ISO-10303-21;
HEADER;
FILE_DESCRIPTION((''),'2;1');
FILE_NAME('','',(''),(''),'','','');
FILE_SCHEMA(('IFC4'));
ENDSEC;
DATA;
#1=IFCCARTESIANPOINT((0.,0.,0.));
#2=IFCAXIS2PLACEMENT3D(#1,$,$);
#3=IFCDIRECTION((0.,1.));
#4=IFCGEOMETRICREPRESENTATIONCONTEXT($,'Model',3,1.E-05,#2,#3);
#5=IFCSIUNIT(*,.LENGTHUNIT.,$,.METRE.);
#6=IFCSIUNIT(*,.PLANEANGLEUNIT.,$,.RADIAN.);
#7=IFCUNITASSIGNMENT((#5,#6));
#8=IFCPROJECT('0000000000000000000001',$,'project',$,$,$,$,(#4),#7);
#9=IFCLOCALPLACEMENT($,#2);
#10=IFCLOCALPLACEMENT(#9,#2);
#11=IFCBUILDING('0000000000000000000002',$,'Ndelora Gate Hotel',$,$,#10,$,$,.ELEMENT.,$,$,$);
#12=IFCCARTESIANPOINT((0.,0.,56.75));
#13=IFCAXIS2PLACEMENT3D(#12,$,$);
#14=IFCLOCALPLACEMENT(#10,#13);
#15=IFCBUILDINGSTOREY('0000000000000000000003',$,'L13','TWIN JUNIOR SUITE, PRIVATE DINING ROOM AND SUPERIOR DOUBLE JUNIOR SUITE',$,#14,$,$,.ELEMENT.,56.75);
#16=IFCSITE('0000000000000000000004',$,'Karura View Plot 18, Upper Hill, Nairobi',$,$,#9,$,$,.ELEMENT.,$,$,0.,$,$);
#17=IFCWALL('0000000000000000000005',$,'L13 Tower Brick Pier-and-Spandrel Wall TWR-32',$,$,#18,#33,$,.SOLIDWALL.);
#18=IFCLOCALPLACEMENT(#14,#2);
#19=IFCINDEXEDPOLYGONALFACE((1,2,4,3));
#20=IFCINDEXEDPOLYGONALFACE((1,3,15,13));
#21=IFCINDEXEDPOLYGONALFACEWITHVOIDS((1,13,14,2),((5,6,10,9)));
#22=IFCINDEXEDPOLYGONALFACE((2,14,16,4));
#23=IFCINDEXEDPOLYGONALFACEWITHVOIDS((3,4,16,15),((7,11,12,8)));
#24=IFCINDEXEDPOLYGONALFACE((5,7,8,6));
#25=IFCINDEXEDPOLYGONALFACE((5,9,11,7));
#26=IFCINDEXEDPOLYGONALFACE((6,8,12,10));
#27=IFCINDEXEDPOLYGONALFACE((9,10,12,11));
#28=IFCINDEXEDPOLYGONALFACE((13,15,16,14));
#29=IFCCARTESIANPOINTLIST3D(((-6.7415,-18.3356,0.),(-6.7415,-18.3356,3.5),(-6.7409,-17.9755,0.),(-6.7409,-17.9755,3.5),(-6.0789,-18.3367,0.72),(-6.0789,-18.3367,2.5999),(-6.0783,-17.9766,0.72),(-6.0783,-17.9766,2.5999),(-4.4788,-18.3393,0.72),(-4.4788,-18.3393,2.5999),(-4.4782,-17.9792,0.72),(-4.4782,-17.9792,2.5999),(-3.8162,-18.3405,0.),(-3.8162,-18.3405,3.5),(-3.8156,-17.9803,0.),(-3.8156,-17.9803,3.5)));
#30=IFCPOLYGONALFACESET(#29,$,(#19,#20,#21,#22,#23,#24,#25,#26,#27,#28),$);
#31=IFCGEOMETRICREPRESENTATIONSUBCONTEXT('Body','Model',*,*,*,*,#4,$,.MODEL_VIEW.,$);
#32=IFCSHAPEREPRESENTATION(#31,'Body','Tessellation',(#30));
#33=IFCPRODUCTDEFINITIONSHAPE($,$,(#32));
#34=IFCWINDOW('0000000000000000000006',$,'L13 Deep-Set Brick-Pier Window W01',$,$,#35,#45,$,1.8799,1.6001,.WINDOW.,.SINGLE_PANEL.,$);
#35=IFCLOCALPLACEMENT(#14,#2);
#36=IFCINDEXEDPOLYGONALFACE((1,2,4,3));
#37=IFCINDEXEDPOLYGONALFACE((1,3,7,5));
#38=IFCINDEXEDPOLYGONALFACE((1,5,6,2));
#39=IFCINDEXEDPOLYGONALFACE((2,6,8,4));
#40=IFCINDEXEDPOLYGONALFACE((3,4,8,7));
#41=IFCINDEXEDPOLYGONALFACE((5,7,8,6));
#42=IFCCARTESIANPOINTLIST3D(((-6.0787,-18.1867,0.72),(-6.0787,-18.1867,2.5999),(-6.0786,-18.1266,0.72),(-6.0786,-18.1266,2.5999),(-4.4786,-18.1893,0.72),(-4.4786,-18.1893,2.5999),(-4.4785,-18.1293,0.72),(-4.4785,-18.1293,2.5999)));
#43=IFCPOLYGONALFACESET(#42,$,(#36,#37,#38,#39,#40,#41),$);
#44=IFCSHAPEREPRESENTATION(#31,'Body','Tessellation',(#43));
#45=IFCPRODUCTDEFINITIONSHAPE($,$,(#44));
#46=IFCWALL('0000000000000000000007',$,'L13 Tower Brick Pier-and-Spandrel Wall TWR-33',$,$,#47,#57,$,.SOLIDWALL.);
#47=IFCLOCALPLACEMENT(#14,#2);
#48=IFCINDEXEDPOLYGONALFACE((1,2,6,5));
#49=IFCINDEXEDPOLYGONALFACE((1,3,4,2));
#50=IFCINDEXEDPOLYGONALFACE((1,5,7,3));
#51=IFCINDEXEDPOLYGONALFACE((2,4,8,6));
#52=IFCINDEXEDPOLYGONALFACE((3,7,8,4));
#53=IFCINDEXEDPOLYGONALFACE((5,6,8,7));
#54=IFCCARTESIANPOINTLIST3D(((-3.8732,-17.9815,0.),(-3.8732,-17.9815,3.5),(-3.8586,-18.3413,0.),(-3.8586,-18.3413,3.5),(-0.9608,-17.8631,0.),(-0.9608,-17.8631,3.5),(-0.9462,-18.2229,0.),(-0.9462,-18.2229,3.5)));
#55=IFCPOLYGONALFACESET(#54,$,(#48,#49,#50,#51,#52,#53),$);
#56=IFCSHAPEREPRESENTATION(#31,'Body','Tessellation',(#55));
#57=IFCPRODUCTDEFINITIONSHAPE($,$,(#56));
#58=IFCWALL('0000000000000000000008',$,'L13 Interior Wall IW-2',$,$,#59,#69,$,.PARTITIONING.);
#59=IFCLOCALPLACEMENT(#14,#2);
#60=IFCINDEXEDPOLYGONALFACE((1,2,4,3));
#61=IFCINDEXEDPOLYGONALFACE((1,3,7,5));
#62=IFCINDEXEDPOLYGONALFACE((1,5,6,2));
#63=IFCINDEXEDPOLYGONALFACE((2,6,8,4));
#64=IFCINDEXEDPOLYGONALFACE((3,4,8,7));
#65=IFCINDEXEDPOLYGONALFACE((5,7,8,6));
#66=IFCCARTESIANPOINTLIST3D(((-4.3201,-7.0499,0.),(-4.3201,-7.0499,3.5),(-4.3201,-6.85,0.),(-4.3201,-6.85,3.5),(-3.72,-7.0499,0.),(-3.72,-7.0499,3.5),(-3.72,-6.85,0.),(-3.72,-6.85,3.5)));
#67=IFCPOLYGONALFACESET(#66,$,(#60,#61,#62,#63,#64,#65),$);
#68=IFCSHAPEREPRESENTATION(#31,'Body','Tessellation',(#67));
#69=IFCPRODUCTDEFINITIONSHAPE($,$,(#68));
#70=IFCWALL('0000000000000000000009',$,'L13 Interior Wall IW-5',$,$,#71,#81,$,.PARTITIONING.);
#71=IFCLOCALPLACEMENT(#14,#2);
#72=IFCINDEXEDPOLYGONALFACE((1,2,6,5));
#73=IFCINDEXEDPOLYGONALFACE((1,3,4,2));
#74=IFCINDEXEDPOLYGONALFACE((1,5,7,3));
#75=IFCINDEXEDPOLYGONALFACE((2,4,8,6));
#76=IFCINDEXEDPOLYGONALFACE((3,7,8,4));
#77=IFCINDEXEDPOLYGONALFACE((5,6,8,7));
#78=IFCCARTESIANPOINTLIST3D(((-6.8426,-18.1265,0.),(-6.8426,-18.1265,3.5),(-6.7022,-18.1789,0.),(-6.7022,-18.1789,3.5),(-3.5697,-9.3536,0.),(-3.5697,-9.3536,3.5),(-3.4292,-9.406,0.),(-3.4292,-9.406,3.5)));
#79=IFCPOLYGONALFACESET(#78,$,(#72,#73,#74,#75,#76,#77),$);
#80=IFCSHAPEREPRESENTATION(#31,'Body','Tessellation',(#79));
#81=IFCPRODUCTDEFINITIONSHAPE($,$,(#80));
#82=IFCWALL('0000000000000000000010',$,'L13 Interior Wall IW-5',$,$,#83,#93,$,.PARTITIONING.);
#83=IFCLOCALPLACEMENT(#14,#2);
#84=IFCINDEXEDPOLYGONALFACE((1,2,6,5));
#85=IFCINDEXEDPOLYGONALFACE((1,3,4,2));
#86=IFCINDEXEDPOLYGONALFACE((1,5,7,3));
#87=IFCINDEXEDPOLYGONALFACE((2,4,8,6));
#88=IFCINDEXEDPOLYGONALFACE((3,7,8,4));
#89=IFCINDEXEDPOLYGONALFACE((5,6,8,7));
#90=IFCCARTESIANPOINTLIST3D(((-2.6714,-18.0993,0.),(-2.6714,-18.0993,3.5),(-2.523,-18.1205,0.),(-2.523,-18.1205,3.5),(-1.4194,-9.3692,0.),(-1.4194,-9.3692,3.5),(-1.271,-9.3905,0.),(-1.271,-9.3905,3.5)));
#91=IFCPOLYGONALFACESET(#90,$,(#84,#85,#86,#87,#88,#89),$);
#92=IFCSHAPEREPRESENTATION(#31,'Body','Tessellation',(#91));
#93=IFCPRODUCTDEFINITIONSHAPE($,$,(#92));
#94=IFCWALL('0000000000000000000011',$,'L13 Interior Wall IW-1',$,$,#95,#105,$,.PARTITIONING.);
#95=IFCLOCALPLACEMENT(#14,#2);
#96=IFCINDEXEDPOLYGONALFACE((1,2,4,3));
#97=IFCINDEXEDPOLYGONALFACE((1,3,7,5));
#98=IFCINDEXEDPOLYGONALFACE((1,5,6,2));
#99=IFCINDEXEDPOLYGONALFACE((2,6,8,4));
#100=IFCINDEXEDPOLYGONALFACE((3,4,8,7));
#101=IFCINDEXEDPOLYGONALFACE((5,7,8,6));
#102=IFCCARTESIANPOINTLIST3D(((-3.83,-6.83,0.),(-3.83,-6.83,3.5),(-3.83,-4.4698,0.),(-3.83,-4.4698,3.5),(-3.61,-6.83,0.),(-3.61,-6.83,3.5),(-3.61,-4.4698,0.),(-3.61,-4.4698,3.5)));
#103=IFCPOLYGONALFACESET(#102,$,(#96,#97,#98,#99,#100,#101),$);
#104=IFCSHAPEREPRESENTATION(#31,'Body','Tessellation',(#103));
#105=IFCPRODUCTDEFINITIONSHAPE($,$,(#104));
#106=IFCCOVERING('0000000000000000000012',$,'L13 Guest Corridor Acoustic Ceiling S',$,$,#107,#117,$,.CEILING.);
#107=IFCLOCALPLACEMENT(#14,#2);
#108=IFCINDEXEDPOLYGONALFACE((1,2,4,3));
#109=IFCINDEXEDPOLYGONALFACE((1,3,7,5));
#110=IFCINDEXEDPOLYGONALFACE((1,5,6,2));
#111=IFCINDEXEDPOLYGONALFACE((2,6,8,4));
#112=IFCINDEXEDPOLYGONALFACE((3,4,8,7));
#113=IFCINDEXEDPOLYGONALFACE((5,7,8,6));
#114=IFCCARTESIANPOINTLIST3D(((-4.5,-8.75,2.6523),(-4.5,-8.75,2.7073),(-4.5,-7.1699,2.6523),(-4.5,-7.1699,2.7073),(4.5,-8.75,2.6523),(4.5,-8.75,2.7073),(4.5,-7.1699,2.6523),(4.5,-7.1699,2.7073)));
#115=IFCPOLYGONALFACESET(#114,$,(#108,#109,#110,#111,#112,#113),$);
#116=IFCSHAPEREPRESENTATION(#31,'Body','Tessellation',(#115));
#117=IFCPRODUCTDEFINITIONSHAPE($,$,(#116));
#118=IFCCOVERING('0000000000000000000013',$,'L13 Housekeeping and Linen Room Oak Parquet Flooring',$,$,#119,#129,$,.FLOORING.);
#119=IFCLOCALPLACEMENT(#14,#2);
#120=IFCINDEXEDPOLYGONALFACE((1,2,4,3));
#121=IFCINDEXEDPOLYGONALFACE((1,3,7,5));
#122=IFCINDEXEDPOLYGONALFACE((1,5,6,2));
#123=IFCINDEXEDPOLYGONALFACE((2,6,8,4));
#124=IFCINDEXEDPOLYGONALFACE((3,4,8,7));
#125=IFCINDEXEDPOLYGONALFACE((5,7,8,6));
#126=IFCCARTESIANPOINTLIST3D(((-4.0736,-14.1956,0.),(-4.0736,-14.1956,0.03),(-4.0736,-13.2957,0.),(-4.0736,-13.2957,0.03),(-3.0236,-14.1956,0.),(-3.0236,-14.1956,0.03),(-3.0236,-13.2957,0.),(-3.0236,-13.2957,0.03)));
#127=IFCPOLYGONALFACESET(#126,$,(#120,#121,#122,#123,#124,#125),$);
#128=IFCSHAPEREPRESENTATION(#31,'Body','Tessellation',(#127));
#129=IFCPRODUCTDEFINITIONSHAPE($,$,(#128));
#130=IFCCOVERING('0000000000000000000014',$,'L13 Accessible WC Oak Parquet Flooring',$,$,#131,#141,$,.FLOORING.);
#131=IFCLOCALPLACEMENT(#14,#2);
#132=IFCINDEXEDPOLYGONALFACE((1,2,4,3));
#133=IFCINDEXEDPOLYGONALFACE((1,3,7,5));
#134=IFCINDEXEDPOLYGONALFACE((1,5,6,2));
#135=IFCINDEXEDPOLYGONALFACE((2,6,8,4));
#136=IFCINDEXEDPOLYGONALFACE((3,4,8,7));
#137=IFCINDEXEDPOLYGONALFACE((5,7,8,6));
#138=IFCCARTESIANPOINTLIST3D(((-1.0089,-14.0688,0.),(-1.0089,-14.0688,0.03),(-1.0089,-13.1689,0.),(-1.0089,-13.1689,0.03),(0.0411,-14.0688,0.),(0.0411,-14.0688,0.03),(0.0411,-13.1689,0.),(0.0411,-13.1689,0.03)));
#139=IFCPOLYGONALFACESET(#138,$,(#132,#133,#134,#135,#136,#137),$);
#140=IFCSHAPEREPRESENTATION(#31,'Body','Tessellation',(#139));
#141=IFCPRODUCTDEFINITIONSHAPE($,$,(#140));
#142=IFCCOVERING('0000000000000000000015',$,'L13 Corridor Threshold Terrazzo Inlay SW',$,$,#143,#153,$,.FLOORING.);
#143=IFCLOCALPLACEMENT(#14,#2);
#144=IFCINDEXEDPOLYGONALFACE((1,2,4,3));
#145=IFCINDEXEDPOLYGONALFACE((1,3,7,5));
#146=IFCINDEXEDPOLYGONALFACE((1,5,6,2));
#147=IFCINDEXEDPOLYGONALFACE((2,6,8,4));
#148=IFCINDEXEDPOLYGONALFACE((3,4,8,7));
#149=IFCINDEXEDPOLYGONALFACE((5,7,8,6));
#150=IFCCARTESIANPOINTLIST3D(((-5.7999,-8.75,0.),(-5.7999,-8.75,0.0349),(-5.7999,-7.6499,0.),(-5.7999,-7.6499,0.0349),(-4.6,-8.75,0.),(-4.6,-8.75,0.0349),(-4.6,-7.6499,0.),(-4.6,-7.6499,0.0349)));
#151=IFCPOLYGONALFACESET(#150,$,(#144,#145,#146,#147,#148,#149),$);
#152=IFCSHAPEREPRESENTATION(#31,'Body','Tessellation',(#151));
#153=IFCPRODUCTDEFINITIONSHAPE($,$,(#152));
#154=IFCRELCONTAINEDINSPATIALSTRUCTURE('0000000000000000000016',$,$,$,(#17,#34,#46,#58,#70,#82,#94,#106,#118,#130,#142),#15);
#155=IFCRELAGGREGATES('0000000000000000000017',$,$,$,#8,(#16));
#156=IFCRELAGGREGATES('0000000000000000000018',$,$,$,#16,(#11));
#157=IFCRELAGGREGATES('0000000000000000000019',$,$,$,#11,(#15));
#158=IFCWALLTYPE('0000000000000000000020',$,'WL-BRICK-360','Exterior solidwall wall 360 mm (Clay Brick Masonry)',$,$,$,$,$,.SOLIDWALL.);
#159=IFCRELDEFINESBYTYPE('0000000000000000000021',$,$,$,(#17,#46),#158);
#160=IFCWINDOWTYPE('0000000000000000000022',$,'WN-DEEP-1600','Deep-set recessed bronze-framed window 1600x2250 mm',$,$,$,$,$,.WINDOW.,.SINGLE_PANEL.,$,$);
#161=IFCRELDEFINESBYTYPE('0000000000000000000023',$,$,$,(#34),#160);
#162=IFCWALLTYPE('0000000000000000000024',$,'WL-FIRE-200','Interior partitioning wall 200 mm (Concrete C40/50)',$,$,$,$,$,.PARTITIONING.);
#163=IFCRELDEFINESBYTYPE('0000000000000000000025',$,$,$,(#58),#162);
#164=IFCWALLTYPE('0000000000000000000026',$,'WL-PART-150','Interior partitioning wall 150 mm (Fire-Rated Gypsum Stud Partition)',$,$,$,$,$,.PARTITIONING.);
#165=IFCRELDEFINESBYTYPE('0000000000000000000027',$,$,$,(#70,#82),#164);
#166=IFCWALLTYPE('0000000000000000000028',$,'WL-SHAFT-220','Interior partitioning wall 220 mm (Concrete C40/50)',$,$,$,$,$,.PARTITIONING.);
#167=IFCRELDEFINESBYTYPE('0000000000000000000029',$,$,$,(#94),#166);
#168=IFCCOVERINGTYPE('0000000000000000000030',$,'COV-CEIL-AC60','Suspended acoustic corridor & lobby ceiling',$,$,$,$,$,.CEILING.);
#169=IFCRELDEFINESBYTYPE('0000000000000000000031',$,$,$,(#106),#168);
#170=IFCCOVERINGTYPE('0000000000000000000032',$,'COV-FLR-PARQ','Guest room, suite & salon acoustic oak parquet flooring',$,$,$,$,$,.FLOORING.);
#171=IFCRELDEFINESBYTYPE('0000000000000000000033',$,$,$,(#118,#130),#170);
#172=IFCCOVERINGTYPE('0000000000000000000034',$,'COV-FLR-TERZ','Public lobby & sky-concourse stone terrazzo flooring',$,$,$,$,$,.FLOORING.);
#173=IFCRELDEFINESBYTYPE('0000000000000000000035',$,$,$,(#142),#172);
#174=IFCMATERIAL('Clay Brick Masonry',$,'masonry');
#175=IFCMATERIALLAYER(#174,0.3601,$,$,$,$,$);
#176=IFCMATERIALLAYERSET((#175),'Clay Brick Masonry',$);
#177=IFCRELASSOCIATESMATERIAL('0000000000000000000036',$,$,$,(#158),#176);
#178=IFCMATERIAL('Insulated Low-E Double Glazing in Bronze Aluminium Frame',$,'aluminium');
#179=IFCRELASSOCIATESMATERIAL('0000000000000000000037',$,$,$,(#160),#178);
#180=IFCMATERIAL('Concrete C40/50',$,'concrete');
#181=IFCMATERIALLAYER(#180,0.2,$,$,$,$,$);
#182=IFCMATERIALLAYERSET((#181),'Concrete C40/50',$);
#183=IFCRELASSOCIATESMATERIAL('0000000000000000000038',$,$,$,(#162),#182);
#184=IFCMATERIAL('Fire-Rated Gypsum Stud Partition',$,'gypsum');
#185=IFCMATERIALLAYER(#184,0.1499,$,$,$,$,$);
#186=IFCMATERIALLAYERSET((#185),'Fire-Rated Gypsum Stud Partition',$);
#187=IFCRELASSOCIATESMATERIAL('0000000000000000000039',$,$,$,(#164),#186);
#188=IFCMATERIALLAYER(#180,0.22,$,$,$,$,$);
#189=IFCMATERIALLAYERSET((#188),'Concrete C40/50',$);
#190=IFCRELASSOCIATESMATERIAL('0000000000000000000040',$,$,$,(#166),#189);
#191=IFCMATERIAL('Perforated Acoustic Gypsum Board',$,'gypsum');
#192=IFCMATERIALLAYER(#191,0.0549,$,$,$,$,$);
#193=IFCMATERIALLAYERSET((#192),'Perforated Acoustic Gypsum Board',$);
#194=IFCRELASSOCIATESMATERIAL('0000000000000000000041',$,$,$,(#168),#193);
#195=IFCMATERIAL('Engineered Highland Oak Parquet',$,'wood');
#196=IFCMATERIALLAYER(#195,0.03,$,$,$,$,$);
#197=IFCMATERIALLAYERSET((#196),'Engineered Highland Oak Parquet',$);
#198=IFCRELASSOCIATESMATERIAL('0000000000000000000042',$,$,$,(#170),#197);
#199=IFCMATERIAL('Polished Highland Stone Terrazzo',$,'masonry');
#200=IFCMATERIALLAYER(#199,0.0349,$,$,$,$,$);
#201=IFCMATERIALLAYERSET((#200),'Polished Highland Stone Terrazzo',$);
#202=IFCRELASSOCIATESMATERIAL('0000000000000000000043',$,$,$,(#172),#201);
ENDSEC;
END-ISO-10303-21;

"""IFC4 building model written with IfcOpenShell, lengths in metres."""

from ifc_helpers import new_model, si_unit, direction, frame, frame_2d, origin, origin_2d, place, context, subcontext, project, spatial, rectangle, extrude, material, layer, layer_set, type_object, element, fill, save


model = new_model("IFC4")

# Units and contexts
model_context = context("Model", 3, precision=1e-05, world=origin(), true_north=direction((0.0, 1.0)))
body_context = subcontext(model_context, "Body", "Model", "MODEL_VIEW")
ifc_project = project(units=[si_unit("LENGTHUNIT", "METRE"), si_unit("PLANEANGLEUNIT", "RADIAN")], contexts=[model_context])

# Site, building, storey
site_placement = place(None, origin())
site = spatial("IfcSite", under=ifc_project, at=site_placement, Name="Karura View Plot 18, Upper Hill, Nairobi", CompositionType="ELEMENT", RefElevation=0.0)
building_placement = place(site_placement, origin())
building = spatial("IfcBuilding", under=site, at=building_placement, Name="Ndelora Gate Hotel", CompositionType="ELEMENT")
storey_placement = place(building_placement, frame((0.0, 0.0, 56.75)))
storey = spatial("IfcBuildingStorey", under=building, at=storey_placement, Name="L13", Description="TWIN JUNIOR SUITE, PRIVATE DINING ROOM AND SUPERIOR DOUBLE JUNIOR SUITE", CompositionType="ELEMENT", Elevation=56.75)

# Wall, opening, window
ifc_material_1 = material(Name="Clay Brick Masonry", Category="masonry")
ifc_layer_1 = layer(ifc_material_1, 0.3601)
ifc_layer_set_1 = layer_set([ifc_layer_1], Name="Clay Brick Masonry")
wall_type_1 = type_object("IfcWallType", Name="WL-BRICK-360", Description="Exterior solidwall wall 360 mm (Clay Brick Masonry)", PredefinedType="SOLIDWALL", material=ifc_layer_set_1)
ifc_material_2 = material(Name="Insulated Low-E Double Glazing in Bronze Aluminium Frame", Category="aluminium")
window_type = type_object("IfcWindowType", Name="WN-DEEP-1600", Description="Deep-set recessed bronze-framed window 1600x2250 mm", PartitioningType="SINGLE_PANEL", PredefinedType="WINDOW", material=ifc_material_2)
wall_1_placement = place(storey_placement, frame((-3.8159, -18.1604, 0.0), z_axis=(0.0, 0.0, 1.0), x_axis=(-0.999999, 0.001669, 0.0)))
wall_1 = element("IfcWall", 1, at=wall_1_placement, inside=storey, type_object=wall_type_1, Name="L13 Tower Brick Pier-and-Spandrel Wall TWR-32", PredefinedType="SOLIDWALL", context=body_context, shape_type="SweptSolid", body=[
    extrude(rectangle(XDim=2.9253, YDim=0.3601, at=frame_2d((1.4626, 0.0))), origin(), (0.0, 0.0, 1.0), 3.5),
])
opening_1_placement = place(wall_1_placement, frame((0.6626, 0.0, 0.72)))
opening_1 = element("IfcOpeningElement", 2, at=opening_1_placement, cuts=wall_1, PredefinedType="OPENING", context=body_context, shape_type="SweptSolid", body=[
    extrude(rectangle(XDim=1.6001, YDim=1.8799, at=frame_2d((0.8, 0.9399))), frame((0.0, 0.1899, 0.0), z_axis=(0.0, -1.0, 0.0), x_axis=(1.0, 0.0, 0.0)), (0.0, 0.0, 1.0), 0.3801),
])
window_1_placement = place(opening_1_placement, origin())
window_1 = element("IfcWindow", 3, at=window_1_placement, inside=storey, type_object=window_type, Name="L13 Deep-Set Brick-Pier Window W01", OverallHeight=1.8799, OverallWidth=1.6001, PartitioningType="SINGLE_PANEL", PredefinedType="WINDOW", context=body_context, shape_type="SweptSolid", body=[
    extrude(rectangle(XDim=1.6001, YDim=1.8799, at=frame_2d((0.8, 0.9399))), frame((0.0, 0.03, 0.0), z_axis=(0.0, -1.0, 0.0), x_axis=(1.0, 0.0, 0.0)), (0.0, 0.0, 1.0), 0.0601),
])
fill(opening_1, window_1)

# Walls
wall_2_placement = place(storey_placement, frame((-0.9534, -18.043, 0.0), z_axis=(0.0, 0.0, 1.0), x_axis=(-0.999175, -0.040624, 0.0)))
element("IfcWall", 4, at=wall_2_placement, inside=storey, type_object=wall_type_1, Name="L13 Tower Brick Pier-and-Spandrel Wall TWR-33", PredefinedType="SOLIDWALL", context=body_context, shape_type="SweptSolid", body=[
    extrude(rectangle(XDim=2.9148, YDim=0.3601, at=frame_2d((1.4575, 0.0))), origin(), (0.0, 0.0, 1.0), 3.5),
])
ifc_material_3 = material(Name="Concrete C40/50", Category="concrete")
ifc_layer_2 = layer(ifc_material_3, 0.2)
ifc_layer_set_2 = layer_set([ifc_layer_2], Name="Concrete C40/50")
wall_type_2 = type_object("IfcWallType", Name="WL-FIRE-200", Description="Interior partitioning wall 200 mm (Concrete C40/50)", PredefinedType="PARTITIONING", material=ifc_layer_set_2)
wall_3_placement = place(storey_placement, frame((-4.3201, -6.95, 0.0), z_axis=(0.0, 0.0, 1.0), x_axis=(1.0, 0.0, 0.0)))
element("IfcWall", 5, at=wall_3_placement, inside=storey, type_object=wall_type_2, Name="L13 Interior Wall IW-2", PredefinedType="PARTITIONING", context=body_context, shape_type="SweptSolid", body=[
    extrude(rectangle(XDim=0.6001, YDim=0.2, at=frame_2d((0.3, 0.0))), origin(), (0.0, 0.0, 1.0), 3.5),
])
ifc_material_4 = material(Name="Fire-Rated Gypsum Stud Partition", Category="gypsum")
ifc_layer_3 = layer(ifc_material_4, 0.1499)
ifc_layer_set_3 = layer_set([ifc_layer_3], Name="Fire-Rated Gypsum Stud Partition")
wall_type_3 = type_object("IfcWallType", Name="WL-PART-150", Description="Interior partitioning wall 150 mm (Fire-Rated Gypsum Stud Partition)", PredefinedType="PARTITIONING", material=ifc_layer_set_3)
wall_4_placement = place(storey_placement, frame((-3.4995, -9.3799, 0.0), z_axis=(0.0, 0.0, 1.0), x_axis=(-0.34954, -0.936921, 0.0)))
element("IfcWall", 6, at=wall_4_placement, inside=storey, type_object=wall_type_3, Name="L13 Interior Wall IW-5", PredefinedType="PARTITIONING", context=body_context, shape_type="SweptSolid", body=[
    extrude(rectangle(XDim=9.3635, YDim=0.1499, at=frame_2d((4.6816, 0.0))), origin(), (0.0, 0.0, 1.0), 3.5),
])
wall_5_placement = place(storey_placement, frame((-1.3452, -9.3799, 0.0), z_axis=(0.0, 0.0, 1.0), x_axis=(-0.141956, -0.989873, 0.0)))
element("IfcWall", 7, at=wall_5_placement, inside=storey, type_object=wall_type_3, Name="L13 Interior Wall IW-5", PredefinedType="PARTITIONING", context=body_context, shape_type="SweptSolid", body=[
    extrude(rectangle(XDim=8.8193, YDim=0.1499, at=frame_2d((4.4097, 0.0))), origin(), (0.0, 0.0, 1.0), 3.5),
])

# Shared definitions
ifc_layer_4 = layer(ifc_material_3, 0.22)
ifc_layer_set_4 = layer_set([ifc_layer_4], Name="Concrete C40/50")
wall_type_4 = type_object("IfcWallType", Name="WL-SHAFT-220", Description="Interior partitioning wall 220 mm (Concrete C40/50)", PredefinedType="PARTITIONING", material=ifc_layer_set_4)

# Wall
wall_6_placement = place(storey_placement, frame((-3.72, -6.8301, 0.0), z_axis=(0.0, 0.0, 1.0), x_axis=(0.0, 1.0, 0.0)))
element("IfcWall", 8, at=wall_6_placement, inside=storey, type_object=wall_type_4, Name="L13 Interior Wall IW-1", PredefinedType="PARTITIONING", context=body_context, shape_type="SweptSolid", body=[
    extrude(rectangle(XDim=2.3601, YDim=0.22, at=frame_2d((1.1802, 0.0))), origin(), (0.0, 0.0, 1.0), 3.5),
])

# Coverings
ifc_material_5 = material(Name="Perforated Acoustic Gypsum Board", Category="gypsum")
ifc_layer_5 = layer(ifc_material_5, 0.0549)
ifc_layer_set_5 = layer_set([ifc_layer_5], Name="Perforated Acoustic Gypsum Board")
covering_type_1 = type_object("IfcCoveringType", Name="COV-CEIL-AC60", Description="Suspended acoustic corridor & lobby ceiling", PredefinedType="CEILING", material=ifc_layer_set_5)
covering_1_placement = place(storey_placement, frame((0.0, -7.96, 2.6523), z_axis=(0.0, 0.0, 1.0), x_axis=(1.0, 0.0, 0.0)))
element("IfcCovering", 9, at=covering_1_placement, inside=storey, type_object=covering_type_1, Name="L13 Guest Corridor Acoustic Ceiling S", PredefinedType="CEILING", context=body_context, shape_type="SweptSolid", body=[
    extrude(rectangle(XDim=9.0, YDim=1.5801, at=origin_2d()), origin(), (0.0, 0.0, 1.0), 0.0549),
])
ifc_material_6 = material(Name="Engineered Highland Oak Parquet", Category="wood")
ifc_layer_6 = layer(ifc_material_6, 0.03)
ifc_layer_set_6 = layer_set([ifc_layer_6], Name="Engineered Highland Oak Parquet")
covering_type_2 = type_object("IfcCoveringType", Name="COV-FLR-PARQ", Description="Guest room, suite & salon acoustic oak parquet flooring", PredefinedType="FLOORING", material=ifc_layer_set_6)
for number, where, z_axis, x_axis, name in (
    (10, (-3.5486, -13.7456, 0.0), (0.0, 0.0, 1.0), (1.0, 0.0, 0.0), "L13 Housekeeping and Linen Room Oak Parquet Flooring"),
    (11, (-0.4839, -13.6189, 0.0), (0.0, 0.0, 1.0), (1.0, 0.0, 0.0), "L13 Accessible WC Oak Parquet Flooring"),
):
    element("IfcCovering", number, at=place(storey_placement, frame(where, z_axis=z_axis, x_axis=x_axis)), inside=storey, type_object=covering_type_2, Name=name, PredefinedType="FLOORING", context=body_context, shape_type="SweptSolid", body=[
        extrude(rectangle(XDim=1.05, YDim=0.8999, at=origin_2d()), origin(), (0.0, 0.0, 1.0), 0.03),
    ])
ifc_material_7 = material(Name="Polished Highland Stone Terrazzo", Category="masonry")
ifc_layer_7 = layer(ifc_material_7, 0.0349)
ifc_layer_set_7 = layer_set([ifc_layer_7], Name="Polished Highland Stone Terrazzo")
covering_type_3 = type_object("IfcCoveringType", Name="COV-FLR-TERZ", Description="Public lobby & sky-concourse stone terrazzo flooring", PredefinedType="FLOORING", material=ifc_layer_set_7)
covering_2_placement = place(storey_placement, frame((-5.2, -8.2, 0.0), z_axis=(0.0, 0.0, 1.0), x_axis=(1.0, 0.0, 0.0)))
element("IfcCovering", 12, at=covering_2_placement, inside=storey, type_object=covering_type_3, Name="L13 Corridor Threshold Terrazzo Inlay SW", PredefinedType="FLOORING", context=body_context, shape_type="SweptSolid", body=[
    extrude(rectangle(XDim=1.2, YDim=1.1001, at=origin_2d()), origin(), (0.0, 0.0, 1.0), 0.0349),
])

save(model, "model.ifc")
